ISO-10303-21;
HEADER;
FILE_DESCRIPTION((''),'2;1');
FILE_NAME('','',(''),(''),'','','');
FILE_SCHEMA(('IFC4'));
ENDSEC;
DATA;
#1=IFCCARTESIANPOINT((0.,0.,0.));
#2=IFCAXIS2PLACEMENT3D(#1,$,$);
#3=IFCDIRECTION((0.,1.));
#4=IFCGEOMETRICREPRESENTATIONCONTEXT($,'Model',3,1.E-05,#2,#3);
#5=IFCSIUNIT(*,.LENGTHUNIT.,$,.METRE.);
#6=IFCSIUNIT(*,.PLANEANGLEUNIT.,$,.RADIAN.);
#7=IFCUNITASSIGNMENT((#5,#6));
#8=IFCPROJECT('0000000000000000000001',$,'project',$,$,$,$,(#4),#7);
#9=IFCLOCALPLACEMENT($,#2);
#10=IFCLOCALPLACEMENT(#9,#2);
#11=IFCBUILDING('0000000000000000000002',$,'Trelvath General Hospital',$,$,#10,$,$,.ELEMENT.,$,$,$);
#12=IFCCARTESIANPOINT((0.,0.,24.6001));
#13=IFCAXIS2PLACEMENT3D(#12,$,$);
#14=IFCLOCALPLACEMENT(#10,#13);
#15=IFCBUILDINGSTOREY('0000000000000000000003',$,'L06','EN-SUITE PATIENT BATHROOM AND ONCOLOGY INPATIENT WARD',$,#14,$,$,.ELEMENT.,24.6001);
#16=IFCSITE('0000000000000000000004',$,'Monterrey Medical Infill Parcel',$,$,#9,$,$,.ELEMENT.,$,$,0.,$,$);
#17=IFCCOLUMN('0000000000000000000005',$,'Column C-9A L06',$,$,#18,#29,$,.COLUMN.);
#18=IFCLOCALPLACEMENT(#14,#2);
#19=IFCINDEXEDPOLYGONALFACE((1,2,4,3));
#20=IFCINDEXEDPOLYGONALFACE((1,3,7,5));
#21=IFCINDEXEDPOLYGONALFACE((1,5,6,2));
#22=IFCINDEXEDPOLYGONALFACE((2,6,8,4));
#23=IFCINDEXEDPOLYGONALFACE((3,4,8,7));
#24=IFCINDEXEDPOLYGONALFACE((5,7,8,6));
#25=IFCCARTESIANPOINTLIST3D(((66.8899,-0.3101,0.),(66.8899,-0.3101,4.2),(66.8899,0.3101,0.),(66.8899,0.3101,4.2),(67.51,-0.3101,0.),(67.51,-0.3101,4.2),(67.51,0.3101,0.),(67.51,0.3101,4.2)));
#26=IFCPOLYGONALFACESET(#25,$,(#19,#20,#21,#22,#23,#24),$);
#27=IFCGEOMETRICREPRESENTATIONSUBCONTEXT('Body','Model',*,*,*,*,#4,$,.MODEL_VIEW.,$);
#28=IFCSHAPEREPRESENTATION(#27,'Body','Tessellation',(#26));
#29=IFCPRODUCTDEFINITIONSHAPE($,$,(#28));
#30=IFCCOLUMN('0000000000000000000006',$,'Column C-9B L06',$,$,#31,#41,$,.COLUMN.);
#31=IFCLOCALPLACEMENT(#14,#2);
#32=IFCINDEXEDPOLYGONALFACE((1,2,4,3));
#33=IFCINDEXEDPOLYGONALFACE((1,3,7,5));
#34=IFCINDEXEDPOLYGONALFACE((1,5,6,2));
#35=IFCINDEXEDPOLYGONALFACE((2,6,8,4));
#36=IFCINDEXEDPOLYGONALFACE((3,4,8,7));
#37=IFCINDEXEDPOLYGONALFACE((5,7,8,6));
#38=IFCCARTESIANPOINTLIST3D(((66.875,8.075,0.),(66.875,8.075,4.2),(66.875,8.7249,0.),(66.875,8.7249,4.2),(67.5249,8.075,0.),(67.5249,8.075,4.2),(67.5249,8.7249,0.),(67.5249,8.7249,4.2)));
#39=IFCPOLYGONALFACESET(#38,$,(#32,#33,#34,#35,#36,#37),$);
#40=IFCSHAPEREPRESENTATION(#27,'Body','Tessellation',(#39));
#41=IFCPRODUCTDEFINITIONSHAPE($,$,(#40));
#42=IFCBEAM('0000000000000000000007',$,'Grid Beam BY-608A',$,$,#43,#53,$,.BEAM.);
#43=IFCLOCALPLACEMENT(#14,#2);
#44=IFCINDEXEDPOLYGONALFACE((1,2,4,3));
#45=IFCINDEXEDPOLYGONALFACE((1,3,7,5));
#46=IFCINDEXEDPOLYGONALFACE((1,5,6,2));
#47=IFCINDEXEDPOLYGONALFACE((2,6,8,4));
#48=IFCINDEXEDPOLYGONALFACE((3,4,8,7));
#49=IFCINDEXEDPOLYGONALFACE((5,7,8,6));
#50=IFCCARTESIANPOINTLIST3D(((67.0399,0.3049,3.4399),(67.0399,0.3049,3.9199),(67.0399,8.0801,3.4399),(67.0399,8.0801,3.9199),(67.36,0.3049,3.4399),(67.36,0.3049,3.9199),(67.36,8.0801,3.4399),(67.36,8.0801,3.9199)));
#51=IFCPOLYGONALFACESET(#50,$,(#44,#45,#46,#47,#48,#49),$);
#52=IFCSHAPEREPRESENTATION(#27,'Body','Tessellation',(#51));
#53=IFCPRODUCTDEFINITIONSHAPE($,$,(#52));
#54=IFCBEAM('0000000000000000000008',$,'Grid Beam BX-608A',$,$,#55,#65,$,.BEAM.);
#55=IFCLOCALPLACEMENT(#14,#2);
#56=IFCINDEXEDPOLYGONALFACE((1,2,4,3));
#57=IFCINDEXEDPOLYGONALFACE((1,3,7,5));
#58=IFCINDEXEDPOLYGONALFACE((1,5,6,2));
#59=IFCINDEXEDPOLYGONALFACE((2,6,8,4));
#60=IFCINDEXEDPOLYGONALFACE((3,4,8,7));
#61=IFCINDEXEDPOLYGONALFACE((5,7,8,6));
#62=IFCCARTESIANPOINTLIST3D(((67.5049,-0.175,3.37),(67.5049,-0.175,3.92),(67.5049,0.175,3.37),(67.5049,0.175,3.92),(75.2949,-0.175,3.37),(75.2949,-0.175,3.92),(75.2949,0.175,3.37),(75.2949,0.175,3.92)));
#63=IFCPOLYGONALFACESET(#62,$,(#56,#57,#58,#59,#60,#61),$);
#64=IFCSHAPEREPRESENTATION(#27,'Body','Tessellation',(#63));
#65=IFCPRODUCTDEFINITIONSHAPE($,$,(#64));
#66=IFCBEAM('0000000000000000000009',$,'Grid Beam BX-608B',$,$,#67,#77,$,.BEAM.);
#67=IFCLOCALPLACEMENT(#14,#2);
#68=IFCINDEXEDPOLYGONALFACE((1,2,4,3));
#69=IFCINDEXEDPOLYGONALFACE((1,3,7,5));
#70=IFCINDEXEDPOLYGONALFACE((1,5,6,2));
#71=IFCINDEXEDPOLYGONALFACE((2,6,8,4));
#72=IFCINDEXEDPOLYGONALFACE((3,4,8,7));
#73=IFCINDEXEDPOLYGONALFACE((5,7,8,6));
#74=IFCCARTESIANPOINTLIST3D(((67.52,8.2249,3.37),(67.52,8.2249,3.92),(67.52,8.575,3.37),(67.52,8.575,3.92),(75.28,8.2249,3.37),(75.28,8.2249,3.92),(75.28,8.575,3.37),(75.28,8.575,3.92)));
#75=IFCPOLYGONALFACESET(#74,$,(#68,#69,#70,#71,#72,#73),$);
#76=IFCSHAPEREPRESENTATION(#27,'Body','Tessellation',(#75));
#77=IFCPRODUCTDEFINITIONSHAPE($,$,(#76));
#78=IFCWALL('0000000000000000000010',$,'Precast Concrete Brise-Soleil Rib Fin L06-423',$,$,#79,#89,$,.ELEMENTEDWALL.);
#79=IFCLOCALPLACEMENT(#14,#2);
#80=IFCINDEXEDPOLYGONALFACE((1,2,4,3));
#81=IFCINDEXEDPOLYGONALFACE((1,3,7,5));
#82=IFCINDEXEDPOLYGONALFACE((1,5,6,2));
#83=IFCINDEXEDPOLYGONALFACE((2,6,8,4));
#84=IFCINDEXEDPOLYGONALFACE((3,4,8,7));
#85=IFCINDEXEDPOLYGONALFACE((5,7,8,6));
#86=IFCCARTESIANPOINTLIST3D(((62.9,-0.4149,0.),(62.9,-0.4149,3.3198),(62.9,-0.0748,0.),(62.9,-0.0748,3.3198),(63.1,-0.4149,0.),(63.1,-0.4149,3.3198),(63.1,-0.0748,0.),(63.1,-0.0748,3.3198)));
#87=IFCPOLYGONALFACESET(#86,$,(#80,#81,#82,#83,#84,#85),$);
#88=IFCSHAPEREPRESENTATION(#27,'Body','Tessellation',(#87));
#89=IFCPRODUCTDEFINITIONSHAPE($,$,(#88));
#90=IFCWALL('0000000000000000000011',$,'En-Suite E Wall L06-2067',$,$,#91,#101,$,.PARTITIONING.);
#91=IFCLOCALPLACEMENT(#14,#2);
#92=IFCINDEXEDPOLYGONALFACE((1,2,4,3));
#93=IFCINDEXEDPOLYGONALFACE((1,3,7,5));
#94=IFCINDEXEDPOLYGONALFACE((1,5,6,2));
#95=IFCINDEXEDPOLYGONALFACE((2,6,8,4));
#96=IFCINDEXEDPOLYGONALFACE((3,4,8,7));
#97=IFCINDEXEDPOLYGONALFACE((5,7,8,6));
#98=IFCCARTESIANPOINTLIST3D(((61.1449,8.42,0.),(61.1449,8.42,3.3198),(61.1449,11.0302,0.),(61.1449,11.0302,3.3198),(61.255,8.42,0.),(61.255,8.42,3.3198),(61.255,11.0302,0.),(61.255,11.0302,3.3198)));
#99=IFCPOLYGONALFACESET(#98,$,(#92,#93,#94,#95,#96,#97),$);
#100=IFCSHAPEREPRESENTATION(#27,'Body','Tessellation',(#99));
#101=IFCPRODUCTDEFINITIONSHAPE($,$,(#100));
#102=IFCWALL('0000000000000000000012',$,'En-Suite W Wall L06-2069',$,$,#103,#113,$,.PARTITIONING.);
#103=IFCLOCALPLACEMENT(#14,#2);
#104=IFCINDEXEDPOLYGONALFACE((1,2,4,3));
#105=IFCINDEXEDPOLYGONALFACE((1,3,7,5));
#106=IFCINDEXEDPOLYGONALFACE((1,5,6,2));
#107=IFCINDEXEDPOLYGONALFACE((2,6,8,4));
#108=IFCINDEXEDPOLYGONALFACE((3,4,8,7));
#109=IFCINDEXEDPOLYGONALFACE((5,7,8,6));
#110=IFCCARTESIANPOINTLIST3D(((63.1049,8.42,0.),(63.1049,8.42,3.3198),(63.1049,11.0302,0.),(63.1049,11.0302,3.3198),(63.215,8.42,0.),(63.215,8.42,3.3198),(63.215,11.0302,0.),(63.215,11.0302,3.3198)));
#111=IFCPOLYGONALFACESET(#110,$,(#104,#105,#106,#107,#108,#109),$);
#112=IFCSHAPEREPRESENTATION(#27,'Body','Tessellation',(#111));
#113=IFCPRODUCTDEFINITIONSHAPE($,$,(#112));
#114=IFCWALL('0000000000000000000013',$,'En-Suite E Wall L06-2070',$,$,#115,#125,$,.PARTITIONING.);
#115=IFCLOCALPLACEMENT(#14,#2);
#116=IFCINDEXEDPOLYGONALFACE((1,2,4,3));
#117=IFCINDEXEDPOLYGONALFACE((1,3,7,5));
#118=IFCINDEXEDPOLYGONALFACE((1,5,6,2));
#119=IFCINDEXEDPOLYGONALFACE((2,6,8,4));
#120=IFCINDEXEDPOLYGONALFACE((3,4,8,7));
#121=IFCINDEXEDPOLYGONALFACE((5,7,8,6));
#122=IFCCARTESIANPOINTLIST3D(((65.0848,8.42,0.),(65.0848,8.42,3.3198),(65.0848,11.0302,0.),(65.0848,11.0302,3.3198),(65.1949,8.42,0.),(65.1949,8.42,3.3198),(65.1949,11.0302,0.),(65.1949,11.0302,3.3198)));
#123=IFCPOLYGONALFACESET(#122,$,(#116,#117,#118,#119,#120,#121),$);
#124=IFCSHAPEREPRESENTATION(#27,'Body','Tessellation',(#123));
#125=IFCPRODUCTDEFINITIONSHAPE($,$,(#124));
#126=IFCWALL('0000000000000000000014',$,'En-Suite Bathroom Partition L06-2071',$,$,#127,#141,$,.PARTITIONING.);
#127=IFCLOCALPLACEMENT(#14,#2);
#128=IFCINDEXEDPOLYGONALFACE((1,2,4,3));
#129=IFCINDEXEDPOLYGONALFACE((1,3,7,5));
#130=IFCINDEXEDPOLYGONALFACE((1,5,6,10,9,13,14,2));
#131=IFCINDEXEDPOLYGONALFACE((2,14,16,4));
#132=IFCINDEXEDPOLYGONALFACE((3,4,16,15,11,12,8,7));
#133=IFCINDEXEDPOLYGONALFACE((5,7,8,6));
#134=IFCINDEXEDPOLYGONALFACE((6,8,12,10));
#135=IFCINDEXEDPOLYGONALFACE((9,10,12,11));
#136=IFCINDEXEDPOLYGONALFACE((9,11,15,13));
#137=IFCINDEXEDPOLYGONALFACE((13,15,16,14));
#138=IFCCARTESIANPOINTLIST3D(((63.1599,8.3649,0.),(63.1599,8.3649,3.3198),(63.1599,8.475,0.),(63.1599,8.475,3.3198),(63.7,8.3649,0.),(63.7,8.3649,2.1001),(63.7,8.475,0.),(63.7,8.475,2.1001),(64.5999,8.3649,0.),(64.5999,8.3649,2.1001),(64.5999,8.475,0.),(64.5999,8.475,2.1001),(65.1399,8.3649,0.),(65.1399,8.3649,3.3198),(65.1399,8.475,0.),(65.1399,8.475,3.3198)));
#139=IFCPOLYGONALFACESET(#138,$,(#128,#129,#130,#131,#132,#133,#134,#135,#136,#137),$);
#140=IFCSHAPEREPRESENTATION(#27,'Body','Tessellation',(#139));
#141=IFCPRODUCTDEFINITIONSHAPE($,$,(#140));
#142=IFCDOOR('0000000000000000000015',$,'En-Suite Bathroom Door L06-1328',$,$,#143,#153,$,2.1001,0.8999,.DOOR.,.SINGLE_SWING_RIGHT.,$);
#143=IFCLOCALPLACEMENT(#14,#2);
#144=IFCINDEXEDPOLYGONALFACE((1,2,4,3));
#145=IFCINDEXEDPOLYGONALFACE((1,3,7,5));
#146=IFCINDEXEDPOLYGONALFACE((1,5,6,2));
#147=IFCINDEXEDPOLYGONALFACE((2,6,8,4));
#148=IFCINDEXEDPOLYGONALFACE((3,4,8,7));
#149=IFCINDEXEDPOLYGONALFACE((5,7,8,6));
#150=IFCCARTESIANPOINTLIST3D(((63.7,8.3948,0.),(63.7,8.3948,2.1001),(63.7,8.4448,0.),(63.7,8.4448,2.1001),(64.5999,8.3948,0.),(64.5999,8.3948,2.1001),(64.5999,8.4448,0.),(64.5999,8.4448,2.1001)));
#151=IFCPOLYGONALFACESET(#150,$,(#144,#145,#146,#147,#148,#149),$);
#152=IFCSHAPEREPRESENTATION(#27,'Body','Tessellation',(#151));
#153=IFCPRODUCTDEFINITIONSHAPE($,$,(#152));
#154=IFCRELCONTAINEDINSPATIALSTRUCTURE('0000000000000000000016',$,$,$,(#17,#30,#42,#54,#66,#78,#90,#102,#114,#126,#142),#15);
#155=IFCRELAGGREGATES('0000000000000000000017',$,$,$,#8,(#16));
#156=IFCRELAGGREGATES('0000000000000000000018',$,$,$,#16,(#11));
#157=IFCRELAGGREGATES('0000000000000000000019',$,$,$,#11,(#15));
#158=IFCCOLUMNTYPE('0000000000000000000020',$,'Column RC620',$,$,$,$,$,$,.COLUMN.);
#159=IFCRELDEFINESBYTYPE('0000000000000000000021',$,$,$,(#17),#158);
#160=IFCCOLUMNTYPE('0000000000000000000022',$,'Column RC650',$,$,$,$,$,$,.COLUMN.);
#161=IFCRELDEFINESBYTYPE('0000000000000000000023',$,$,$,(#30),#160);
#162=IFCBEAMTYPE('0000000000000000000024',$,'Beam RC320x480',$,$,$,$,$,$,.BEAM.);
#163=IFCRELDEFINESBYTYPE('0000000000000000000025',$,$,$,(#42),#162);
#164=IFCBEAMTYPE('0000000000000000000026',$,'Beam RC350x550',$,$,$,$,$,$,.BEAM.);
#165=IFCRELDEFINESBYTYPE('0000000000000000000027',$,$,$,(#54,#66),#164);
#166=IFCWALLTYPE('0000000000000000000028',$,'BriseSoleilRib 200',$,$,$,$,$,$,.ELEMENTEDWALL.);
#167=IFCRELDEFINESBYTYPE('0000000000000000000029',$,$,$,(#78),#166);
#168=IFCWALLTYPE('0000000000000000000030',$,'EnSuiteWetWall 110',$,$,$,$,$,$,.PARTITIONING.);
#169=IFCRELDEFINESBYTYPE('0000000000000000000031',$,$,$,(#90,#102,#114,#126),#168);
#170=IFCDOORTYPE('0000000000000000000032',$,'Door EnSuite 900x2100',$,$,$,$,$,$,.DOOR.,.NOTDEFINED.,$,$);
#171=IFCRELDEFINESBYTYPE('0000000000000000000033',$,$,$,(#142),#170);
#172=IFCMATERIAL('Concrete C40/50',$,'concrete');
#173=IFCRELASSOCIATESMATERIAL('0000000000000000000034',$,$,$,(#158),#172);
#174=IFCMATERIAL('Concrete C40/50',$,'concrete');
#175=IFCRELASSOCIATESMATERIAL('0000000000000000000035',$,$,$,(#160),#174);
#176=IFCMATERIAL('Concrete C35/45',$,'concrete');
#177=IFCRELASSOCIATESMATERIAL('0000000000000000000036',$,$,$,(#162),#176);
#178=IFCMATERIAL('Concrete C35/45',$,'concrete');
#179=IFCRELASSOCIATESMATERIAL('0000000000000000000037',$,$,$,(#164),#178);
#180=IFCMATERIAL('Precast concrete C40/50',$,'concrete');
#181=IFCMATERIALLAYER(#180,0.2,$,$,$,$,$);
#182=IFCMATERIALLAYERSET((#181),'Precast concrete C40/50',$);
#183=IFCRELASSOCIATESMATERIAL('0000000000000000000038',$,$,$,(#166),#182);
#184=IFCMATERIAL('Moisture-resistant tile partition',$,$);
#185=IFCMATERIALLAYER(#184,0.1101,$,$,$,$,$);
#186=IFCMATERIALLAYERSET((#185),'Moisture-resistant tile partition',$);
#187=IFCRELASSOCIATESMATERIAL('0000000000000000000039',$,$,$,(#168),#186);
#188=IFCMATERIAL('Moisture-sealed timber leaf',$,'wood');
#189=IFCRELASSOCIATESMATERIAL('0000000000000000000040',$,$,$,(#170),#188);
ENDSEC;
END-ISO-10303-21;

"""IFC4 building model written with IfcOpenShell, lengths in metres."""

from ifc_helpers import new_model, si_unit, direction, frame, frame_2d, origin, origin_2d, place, context, subcontext, project, spatial, rectangle, extrude, material, layer, layer_set, material_profile, profile_set, type_object, element, fill, save


model = new_model("IFC4")

# Units and contexts
model_context = context("Model", 3, precision=1e-05, world=origin(), true_north=direction((0.0, 1.0)))
body_context = subcontext(model_context, "Body", "Model", "MODEL_VIEW")
ifc_project = project(units=[si_unit("LENGTHUNIT", "METRE"), si_unit("PLANEANGLEUNIT", "RADIAN")], contexts=[model_context])

# Site, building, storey
site_placement = place(None, origin())
site = spatial("IfcSite", under=ifc_project, at=site_placement, Name="Monterrey Medical Infill Parcel", CompositionType="ELEMENT", RefElevation=0.0)
building_placement = place(site_placement, origin())
building = spatial("IfcBuilding", under=site, at=building_placement, Name="Trelvath General Hospital", CompositionType="ELEMENT")
storey_placement = place(building_placement, frame((0.0, 0.0, 24.6001)))
storey = spatial("IfcBuildingStorey", under=building, at=storey_placement, Name="L06", Description="EN-SUITE PATIENT BATHROOM AND ONCOLOGY INPATIENT WARD", CompositionType="ELEMENT", Elevation=24.6001)

# Columns
ifc_material_1 = material(Name="Concrete C40/50", Category="concrete")
ifc_material_profile_1 = material_profile(ifc_material_1, rectangle(XDim=0.6201, YDim=0.6201, at=origin_2d()), Name="RC620x620")
ifc_profile_set_1 = profile_set([ifc_material_profile_1], Name="Concrete C40/50")
column_type_1 = type_object("IfcColumnType", Name="Column RC620", PredefinedType="COLUMN", material=ifc_profile_set_1)
column_1_placement = place(storey_placement, frame((67.2, 0.0, 0.0), z_axis=(0.0, 0.0, 1.0), x_axis=(1.0, 0.0, 0.0)))
element("IfcColumn", 1, at=column_1_placement, inside=storey, type_object=column_type_1, Name="Column C-9A L06", PredefinedType="COLUMN", context=body_context, shape_type="SweptSolid", body=[
    extrude(rectangle(XDim=0.6201, YDim=0.6201, at=origin_2d()), origin(), (0.0, 0.0, 1.0), 4.2),
])
ifc_material_2 = material(Name="Concrete C40/50", Category="concrete")
ifc_material_profile_2 = material_profile(ifc_material_2, rectangle(XDim=0.6499, YDim=0.6499, at=origin_2d()), Name="RC650x650")
ifc_profile_set_2 = profile_set([ifc_material_profile_2], Name="Concrete C40/50")
column_type_2 = type_object("IfcColumnType", Name="Column RC650", PredefinedType="COLUMN", material=ifc_profile_set_2)
column_2_placement = place(storey_placement, frame((67.2, 8.3999, 0.0), z_axis=(0.0, 0.0, 1.0), x_axis=(1.0, 0.0, 0.0)))
element("IfcColumn", 2, at=column_2_placement, inside=storey, type_object=column_type_2, Name="Column C-9B L06", PredefinedType="COLUMN", context=body_context, shape_type="SweptSolid", body=[
    extrude(rectangle(XDim=0.6499, YDim=0.6499, at=origin_2d()), origin(), (0.0, 0.0, 1.0), 4.2),
])

# Beams
ifc_material_3 = material(Name="Concrete C35/45", Category="concrete")
ifc_material_profile_3 = material_profile(ifc_material_3, rectangle(XDim=0.3201, YDim=0.48, at=origin_2d()), Name="RCB320x480")
ifc_profile_set_3 = profile_set([ifc_material_profile_3], Name="Concrete C35/45")
beam_type_1 = type_object("IfcBeamType", Name="Beam RC320x480", PredefinedType="BEAM", material=ifc_profile_set_3)
beam_1_placement = place(storey_placement, frame((67.2, 0.3049, 3.6799), z_axis=(0.0, 1.0, 0.0), x_axis=(-1.0, 0.0, 0.0)))
element("IfcBeam", 3, at=beam_1_placement, inside=storey, type_object=beam_type_1, Name="Grid Beam BY-608A", PredefinedType="BEAM", context=body_context, shape_type="SweptSolid", body=[
    extrude(rectangle(XDim=0.3201, YDim=0.48, at=origin_2d()), origin(), (0.0, 0.0, 1.0), 7.7751),
])
ifc_material_4 = material(Name="Concrete C35/45", Category="concrete")
ifc_material_profile_4 = material_profile(ifc_material_4, rectangle(XDim=0.3501, YDim=0.55, at=origin_2d()), Name="RCB350x550")
ifc_profile_set_4 = profile_set([ifc_material_profile_4], Name="Concrete C35/45")
beam_type_2 = type_object("IfcBeamType", Name="Beam RC350x550", PredefinedType="BEAM", material=ifc_profile_set_4)
beam_2_placement = place(storey_placement, frame((67.5049, 0.0, 3.645), z_axis=(1.0, 0.0, 0.0), x_axis=(0.0, 1.0, 0.0)))
element("IfcBeam", 4, at=beam_2_placement, inside=storey, type_object=beam_type_2, Name="Grid Beam BX-608A", PredefinedType="BEAM", context=body_context, shape_type="SweptSolid", body=[
    extrude(rectangle(XDim=0.3501, YDim=0.55, at=origin_2d()), origin(), (0.0, 0.0, 1.0), 7.79),
])
beam_3_placement = place(storey_placement, frame((67.52, 8.3999, 3.645), z_axis=(1.0, 0.0, 0.0), x_axis=(0.0, 1.0, 0.0)))
element("IfcBeam", 5, at=beam_3_placement, inside=storey, type_object=beam_type_2, Name="Grid Beam BX-608B", PredefinedType="BEAM", context=body_context, shape_type="SweptSolid", body=[
    extrude(rectangle(XDim=0.3501, YDim=0.55, at=origin_2d()), origin(), (0.0, 0.0, 1.0), 7.76),
])

# Walls
ifc_material_5 = material(Name="Precast concrete C40/50", Category="concrete")
ifc_layer_1 = layer(ifc_material_5, 0.2)
ifc_layer_set_1 = layer_set([ifc_layer_1], Name="Precast concrete C40/50")
wall_type_1 = type_object("IfcWallType", Name="BriseSoleilRib 200", PredefinedType="ELEMENTEDWALL", material=ifc_layer_set_1)
wall_1_placement = place(storey_placement, frame((63.0, -0.075, 0.0), z_axis=(0.0, 0.0, 1.0), x_axis=(0.0, -1.0, 0.0)))
element("IfcWall", 6, at=wall_1_placement, inside=storey, type_object=wall_type_1, Name="Precast Concrete Brise-Soleil Rib Fin L06-423", PredefinedType="ELEMENTEDWALL", context=body_context, shape_type="SweptSolid", body=[
    extrude(rectangle(XDim=0.3401, YDim=0.2, at=frame_2d((0.1699, 0.0))), origin(), (0.0, 0.0, 1.0), 3.3198),
])
ifc_material_6 = material(Name="Moisture-resistant tile partition")
ifc_layer_2 = layer(ifc_material_6, 0.1101)
ifc_layer_set_2 = layer_set([ifc_layer_2], Name="Moisture-resistant tile partition")
wall_type_2 = type_object("IfcWallType", Name="EnSuiteWetWall 110", PredefinedType="PARTITIONING", material=ifc_layer_set_2)
for number, where, z_axis, x_axis, name in (
    (7, (61.2, 8.4199, 0.0), (0.0, 0.0, 1.0), (0.0, 1.0, 0.0), "En-Suite E Wall L06-2067"),
    (8, (63.1599, 8.4199, 0.0), (0.0, 0.0, 1.0), (0.0, 1.0, 0.0), "En-Suite W Wall L06-2069"),
    (9, (65.1399, 8.4199, 0.0), (0.0, 0.0, 1.0), (0.0, 1.0, 0.0), "En-Suite E Wall L06-2070"),
):
    element("IfcWall", number, at=place(storey_placement, frame(where, z_axis=z_axis, x_axis=x_axis)), inside=storey, type_object=wall_type_2, Name=name, PredefinedType="PARTITIONING", context=body_context, shape_type="SweptSolid", body=[
        extrude(rectangle(XDim=2.6101, YDim=0.1101, at=frame_2d((1.3052, 0.0))), origin(), (0.0, 0.0, 1.0), 3.3198),
    ])

# Wall, opening, door
wall_2_placement = place(storey_placement, frame((63.1599, 8.4199, 0.0), z_axis=(0.0, 0.0, 1.0), x_axis=(1.0, 0.0, 0.0)))
wall_2 = element("IfcWall", 10, at=wall_2_placement, inside=storey, type_object=wall_type_2, Name="En-Suite Bathroom Partition L06-2071", PredefinedType="PARTITIONING", context=body_context, shape_type="SweptSolid", body=[
    extrude(rectangle(XDim=1.98, YDim=0.1101, at=frame_2d((0.99, 0.0))), origin(), (0.0, 0.0, 1.0), 3.3198),
])
opening_1_placement = place(wall_2_placement, frame((0.54, 0.0, 0.0)))
opening_1 = element("IfcOpeningElement", 11, at=opening_1_placement, cuts=wall_2, PredefinedType="OPENING", context=body_context, shape_type="SweptSolid", body=[
    extrude(rectangle(XDim=0.8999, YDim=2.1001, at=frame_2d((0.45, 1.05))), frame((0.0, 0.0649, 0.0), z_axis=(0.0, -1.0, 0.0), x_axis=(1.0, 0.0, 0.0)), (0.0, 0.0, 1.0), 0.1301),
])
ifc_material_7 = material(Name="Moisture-sealed timber leaf", Category="wood")
door_type = type_object("IfcDoorType", Name="Door EnSuite 900x2100", OperationType="NOTDEFINED", PredefinedType="DOOR", material=ifc_material_7)
door_placement = place(opening_1_placement, origin())
door = element("IfcDoor", 12, at=door_placement, inside=storey, type_object=door_type, Name="En-Suite Bathroom Door L06-1328", OperationType="SINGLE_SWING_RIGHT", OverallHeight=2.1001, OverallWidth=0.8999, PredefinedType="DOOR", context=body_context, shape_type="SweptSolid", body=[
    extrude(rectangle(XDim=0.8999, YDim=2.1001, at=frame_2d((0.45, 1.05))), frame((0.0, 0.0249, 0.0), z_axis=(0.0, -1.0, 0.0), x_axis=(1.0, 0.0, 0.0)), (0.0, 0.0, 1.0), 0.05),
])
fill(opening_1, door)

save(model, "model.ifc")
